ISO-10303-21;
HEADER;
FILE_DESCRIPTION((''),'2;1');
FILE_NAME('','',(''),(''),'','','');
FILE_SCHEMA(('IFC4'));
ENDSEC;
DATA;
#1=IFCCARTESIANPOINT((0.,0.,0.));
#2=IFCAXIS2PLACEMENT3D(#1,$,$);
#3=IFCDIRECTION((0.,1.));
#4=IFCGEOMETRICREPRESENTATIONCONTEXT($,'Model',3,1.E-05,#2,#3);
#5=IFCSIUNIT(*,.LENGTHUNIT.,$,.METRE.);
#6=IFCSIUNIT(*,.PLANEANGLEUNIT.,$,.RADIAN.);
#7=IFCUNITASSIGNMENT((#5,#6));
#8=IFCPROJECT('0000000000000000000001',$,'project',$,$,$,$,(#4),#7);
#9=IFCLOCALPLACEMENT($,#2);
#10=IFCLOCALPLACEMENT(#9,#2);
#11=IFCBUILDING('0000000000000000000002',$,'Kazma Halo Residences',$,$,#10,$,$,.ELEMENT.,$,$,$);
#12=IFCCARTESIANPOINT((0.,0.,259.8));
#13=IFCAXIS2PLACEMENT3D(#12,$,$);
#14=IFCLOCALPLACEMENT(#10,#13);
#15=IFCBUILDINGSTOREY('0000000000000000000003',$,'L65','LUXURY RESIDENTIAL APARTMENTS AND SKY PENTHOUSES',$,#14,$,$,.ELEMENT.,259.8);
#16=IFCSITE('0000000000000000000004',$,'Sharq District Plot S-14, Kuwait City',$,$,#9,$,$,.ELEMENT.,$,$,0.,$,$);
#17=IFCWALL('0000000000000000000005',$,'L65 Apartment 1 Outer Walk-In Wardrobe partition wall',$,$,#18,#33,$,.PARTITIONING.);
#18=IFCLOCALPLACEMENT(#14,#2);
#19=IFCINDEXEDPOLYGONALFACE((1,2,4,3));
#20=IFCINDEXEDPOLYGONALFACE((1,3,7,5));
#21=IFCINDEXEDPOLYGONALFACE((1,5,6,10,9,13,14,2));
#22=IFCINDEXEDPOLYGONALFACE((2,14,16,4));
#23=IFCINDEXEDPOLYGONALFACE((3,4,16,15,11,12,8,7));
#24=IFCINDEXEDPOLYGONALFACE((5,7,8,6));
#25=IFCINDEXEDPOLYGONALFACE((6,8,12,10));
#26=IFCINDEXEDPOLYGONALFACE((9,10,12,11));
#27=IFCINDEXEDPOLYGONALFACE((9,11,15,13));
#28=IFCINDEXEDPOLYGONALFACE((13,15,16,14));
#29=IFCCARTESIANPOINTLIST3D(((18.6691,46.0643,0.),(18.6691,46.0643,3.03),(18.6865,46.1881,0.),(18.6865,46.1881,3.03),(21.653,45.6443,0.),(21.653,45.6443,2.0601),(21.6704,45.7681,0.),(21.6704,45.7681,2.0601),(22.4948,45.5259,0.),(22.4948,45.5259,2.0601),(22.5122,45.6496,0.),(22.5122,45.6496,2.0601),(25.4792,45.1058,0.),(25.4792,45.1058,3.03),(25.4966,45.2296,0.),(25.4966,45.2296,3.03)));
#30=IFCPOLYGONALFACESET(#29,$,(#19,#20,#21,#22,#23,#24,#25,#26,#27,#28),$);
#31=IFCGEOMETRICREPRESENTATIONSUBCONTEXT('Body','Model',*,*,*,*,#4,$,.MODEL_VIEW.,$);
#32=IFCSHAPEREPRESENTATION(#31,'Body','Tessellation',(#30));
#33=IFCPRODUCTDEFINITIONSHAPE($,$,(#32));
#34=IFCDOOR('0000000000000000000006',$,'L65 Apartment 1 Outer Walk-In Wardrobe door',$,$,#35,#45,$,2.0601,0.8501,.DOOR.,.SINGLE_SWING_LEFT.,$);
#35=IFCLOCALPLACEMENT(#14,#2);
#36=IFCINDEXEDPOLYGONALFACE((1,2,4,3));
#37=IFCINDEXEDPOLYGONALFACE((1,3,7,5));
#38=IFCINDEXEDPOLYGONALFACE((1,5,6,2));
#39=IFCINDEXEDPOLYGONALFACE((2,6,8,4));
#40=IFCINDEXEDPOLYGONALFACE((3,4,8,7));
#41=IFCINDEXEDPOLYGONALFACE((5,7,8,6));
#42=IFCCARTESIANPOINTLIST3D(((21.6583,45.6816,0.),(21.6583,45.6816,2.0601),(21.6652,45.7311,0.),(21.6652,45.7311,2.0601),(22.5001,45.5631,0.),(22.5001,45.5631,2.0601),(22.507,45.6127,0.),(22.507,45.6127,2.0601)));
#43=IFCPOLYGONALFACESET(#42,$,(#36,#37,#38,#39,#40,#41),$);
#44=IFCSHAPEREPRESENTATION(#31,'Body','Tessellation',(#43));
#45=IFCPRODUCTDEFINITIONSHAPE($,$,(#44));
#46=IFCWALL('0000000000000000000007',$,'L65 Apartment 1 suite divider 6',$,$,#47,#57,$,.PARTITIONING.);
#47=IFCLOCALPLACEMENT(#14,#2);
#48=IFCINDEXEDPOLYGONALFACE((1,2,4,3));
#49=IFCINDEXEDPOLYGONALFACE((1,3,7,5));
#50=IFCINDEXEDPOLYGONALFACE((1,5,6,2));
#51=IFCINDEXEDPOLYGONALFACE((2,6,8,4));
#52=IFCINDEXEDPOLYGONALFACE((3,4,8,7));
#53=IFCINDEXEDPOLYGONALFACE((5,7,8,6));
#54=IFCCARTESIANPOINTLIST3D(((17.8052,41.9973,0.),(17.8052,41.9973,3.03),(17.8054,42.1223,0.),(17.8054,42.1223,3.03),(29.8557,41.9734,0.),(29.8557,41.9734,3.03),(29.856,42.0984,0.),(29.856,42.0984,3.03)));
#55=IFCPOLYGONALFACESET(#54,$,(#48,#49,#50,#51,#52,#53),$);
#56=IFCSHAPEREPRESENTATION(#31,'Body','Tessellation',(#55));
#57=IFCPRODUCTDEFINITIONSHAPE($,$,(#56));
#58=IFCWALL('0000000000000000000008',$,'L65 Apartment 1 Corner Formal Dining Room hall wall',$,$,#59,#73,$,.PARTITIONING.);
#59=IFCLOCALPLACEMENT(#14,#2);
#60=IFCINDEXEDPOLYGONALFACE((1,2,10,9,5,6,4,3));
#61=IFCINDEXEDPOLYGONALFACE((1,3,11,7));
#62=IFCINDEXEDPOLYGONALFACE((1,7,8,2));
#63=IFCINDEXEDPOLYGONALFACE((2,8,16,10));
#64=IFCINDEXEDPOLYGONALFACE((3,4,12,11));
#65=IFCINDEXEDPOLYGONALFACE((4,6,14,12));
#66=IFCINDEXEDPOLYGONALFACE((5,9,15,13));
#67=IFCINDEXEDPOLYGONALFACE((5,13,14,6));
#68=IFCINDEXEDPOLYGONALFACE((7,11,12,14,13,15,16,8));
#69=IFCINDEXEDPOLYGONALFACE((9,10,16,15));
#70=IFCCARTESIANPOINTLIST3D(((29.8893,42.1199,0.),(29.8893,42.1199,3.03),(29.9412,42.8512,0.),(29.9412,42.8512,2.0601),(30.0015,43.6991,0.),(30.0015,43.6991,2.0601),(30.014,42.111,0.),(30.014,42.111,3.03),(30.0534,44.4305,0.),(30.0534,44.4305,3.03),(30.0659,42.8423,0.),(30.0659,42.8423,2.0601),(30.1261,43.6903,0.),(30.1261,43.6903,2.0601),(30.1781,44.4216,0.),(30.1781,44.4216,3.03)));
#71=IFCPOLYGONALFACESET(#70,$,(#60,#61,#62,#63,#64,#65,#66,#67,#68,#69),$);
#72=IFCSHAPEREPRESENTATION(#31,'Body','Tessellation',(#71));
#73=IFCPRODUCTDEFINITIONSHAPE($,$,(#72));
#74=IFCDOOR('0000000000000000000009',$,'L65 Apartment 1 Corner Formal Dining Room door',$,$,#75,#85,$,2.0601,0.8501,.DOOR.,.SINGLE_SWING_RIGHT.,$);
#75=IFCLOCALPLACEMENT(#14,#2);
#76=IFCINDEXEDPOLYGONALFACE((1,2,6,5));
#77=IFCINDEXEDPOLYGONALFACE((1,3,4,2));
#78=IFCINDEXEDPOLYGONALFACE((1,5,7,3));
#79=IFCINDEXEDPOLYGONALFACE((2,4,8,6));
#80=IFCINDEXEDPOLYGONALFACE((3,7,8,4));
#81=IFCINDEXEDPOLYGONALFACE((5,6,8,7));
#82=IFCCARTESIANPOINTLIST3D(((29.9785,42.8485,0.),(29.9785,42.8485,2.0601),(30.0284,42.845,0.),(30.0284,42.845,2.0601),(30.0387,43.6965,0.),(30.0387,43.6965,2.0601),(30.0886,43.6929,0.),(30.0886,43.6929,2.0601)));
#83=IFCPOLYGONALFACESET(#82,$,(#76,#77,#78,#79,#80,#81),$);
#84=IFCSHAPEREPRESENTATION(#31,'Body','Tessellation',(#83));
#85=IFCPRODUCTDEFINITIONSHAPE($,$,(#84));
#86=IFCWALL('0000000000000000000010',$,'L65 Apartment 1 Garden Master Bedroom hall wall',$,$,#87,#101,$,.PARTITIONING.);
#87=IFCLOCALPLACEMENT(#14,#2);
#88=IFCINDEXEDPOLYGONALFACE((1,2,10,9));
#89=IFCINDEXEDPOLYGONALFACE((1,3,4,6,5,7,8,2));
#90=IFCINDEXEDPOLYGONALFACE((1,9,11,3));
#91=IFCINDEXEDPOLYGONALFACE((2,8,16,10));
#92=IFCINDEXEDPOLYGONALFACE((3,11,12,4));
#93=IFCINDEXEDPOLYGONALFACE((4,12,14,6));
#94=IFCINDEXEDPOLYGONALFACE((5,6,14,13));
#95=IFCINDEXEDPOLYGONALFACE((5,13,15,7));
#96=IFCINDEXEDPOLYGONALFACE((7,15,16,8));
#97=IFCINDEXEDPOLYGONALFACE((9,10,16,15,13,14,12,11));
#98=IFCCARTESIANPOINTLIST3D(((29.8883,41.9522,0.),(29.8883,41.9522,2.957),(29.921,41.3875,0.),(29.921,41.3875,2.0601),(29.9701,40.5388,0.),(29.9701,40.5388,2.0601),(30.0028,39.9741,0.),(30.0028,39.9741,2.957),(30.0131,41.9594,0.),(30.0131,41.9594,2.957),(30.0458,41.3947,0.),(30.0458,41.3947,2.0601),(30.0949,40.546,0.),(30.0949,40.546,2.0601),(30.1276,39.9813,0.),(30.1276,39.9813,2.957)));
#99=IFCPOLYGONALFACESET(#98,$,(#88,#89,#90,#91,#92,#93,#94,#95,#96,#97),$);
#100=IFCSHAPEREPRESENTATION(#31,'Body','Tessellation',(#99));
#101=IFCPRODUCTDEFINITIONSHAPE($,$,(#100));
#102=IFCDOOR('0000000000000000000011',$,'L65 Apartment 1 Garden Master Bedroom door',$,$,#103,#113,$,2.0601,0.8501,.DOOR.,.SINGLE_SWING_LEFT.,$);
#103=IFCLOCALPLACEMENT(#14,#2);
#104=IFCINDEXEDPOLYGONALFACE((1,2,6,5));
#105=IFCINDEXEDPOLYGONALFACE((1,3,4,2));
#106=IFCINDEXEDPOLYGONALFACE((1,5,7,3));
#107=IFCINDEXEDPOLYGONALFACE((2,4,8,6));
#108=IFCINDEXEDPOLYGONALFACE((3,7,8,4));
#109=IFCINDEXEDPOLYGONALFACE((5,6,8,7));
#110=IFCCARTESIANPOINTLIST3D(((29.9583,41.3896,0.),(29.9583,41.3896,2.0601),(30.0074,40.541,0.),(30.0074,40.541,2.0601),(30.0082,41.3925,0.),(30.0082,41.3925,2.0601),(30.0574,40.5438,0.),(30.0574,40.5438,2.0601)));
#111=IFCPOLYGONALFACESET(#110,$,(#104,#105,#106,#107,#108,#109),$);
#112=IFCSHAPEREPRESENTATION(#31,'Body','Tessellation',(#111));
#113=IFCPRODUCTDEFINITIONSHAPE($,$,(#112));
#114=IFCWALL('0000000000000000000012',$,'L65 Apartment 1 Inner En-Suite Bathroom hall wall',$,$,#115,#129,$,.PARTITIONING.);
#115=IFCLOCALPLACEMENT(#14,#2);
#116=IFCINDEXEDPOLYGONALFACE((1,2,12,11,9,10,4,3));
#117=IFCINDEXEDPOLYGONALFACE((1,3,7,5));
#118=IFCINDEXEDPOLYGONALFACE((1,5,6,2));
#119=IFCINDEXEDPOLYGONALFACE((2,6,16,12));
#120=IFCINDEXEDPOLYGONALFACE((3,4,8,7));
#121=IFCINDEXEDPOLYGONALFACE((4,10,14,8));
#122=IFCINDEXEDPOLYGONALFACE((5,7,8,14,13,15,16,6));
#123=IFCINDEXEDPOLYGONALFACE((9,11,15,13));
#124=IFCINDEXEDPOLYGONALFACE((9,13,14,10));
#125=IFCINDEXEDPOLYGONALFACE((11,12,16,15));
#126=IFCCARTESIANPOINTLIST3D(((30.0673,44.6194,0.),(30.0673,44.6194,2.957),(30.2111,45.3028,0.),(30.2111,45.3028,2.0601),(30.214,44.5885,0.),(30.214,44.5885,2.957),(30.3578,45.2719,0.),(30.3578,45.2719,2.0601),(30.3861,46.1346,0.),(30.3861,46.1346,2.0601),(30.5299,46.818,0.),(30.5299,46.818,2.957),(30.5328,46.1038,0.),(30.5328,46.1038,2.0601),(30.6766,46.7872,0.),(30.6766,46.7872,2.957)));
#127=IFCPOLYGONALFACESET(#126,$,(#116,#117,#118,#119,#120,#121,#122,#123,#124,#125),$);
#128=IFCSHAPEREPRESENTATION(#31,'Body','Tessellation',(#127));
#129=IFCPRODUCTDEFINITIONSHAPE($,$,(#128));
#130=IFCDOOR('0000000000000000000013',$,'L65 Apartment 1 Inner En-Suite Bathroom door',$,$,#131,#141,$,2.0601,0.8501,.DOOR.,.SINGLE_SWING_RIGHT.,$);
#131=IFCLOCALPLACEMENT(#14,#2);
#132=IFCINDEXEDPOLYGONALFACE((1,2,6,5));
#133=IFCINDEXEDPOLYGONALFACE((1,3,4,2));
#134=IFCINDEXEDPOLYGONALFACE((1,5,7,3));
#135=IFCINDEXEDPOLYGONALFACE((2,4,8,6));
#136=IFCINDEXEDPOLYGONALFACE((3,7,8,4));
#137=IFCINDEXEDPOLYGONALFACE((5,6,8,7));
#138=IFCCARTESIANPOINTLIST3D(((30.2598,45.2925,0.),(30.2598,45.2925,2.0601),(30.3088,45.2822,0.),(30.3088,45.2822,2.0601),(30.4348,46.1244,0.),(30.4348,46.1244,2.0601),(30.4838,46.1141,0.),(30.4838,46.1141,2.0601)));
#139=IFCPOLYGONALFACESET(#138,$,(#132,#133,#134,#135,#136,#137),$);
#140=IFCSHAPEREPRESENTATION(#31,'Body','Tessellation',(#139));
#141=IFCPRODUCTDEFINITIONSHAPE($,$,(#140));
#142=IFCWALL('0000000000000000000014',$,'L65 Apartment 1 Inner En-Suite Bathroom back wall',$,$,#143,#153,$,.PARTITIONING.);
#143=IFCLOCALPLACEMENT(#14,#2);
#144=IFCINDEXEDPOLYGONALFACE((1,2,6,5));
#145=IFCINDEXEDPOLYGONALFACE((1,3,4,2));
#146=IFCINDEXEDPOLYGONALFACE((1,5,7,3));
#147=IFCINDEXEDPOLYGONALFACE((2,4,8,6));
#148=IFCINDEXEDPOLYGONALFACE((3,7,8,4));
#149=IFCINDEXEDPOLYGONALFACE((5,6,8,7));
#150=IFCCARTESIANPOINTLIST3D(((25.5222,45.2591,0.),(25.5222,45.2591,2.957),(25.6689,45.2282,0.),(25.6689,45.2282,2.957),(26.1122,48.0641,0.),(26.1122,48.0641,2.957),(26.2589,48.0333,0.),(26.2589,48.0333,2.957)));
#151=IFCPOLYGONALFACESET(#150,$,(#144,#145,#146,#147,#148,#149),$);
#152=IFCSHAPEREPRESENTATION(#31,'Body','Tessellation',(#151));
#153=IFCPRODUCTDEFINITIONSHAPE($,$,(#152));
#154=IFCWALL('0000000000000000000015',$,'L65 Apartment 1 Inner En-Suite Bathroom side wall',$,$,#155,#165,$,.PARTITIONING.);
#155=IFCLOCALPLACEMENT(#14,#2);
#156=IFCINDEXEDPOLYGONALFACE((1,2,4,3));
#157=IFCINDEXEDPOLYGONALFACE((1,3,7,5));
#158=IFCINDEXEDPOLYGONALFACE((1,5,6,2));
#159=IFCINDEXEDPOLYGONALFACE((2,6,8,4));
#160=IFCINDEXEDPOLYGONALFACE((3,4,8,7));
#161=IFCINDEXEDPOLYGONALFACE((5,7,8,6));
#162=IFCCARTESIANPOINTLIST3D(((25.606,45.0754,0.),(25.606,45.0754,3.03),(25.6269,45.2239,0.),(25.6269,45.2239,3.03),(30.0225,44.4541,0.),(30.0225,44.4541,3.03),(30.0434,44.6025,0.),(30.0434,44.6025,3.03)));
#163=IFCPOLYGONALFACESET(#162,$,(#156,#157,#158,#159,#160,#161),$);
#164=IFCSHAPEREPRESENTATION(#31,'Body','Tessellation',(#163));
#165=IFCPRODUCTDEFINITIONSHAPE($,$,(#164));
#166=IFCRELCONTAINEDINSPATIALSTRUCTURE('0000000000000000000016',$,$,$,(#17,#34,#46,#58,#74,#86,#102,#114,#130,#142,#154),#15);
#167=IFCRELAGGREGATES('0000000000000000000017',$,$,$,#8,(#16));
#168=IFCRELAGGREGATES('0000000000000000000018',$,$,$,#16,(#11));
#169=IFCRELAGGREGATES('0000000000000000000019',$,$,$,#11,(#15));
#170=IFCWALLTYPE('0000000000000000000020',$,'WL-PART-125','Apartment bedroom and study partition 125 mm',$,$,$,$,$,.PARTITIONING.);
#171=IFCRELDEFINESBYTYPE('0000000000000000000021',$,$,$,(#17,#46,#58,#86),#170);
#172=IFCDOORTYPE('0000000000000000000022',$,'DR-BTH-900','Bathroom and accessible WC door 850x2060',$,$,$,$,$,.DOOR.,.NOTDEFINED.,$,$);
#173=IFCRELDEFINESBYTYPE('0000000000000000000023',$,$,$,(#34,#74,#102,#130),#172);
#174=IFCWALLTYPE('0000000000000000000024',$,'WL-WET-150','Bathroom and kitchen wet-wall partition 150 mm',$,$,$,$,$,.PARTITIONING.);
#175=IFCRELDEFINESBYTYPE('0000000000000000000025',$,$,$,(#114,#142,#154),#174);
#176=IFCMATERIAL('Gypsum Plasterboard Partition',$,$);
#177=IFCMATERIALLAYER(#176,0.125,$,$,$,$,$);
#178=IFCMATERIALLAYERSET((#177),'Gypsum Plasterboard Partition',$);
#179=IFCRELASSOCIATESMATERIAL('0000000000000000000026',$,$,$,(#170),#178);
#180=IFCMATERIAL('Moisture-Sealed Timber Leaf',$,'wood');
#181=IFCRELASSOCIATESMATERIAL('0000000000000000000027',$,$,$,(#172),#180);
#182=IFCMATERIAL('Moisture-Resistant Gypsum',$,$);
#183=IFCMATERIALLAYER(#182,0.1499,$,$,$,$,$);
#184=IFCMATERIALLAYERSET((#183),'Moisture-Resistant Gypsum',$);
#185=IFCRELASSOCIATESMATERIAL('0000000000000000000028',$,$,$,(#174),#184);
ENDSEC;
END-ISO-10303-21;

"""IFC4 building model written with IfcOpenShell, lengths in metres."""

from ifc_helpers import new_model, si_unit, direction, frame, frame_2d, origin, place, context, subcontext, project, spatial, rectangle, extrude, material, layer, layer_set, type_object, element, fill, save


model = new_model("IFC4")

# Units and contexts
model_context = context("Model", 3, precision=1e-05, world=origin(), true_north=direction((0.0, 1.0)))
body_context = subcontext(model_context, "Body", "Model", "MODEL_VIEW")
ifc_project = project(units=[si_unit("LENGTHUNIT", "METRE"), si_unit("PLANEANGLEUNIT", "RADIAN")], contexts=[model_context])

# Site, building, storey
site_placement = place(None, origin())
site = spatial("IfcSite", under=ifc_project, at=site_placement, Name="Sharq District Plot S-14, Kuwait City", CompositionType="ELEMENT", RefElevation=0.0)
building_placement = place(site_placement, origin())
building = spatial("IfcBuilding", under=site, at=building_placement, Name="Kazma Halo Residences", CompositionType="ELEMENT")
storey_placement = place(building_placement, frame((0.0, 0.0, 259.8)))
storey = spatial("IfcBuildingStorey", under=building, at=storey_placement, Name="L65", Description="LUXURY RESIDENTIAL APARTMENTS AND SKY PENTHOUSES", CompositionType="ELEMENT", Elevation=259.8)

# Shared definitions
ifc_material_1 = material(Name="Gypsum Plasterboard Partition")
ifc_layer_1 = layer(ifc_material_1, 0.125)
ifc_layer_set_1 = layer_set([ifc_layer_1], Name="Gypsum Plasterboard Partition")
wall_type_1 = type_object("IfcWallType", Name="WL-PART-125", Description="Apartment bedroom and study partition 125 mm", PredefinedType="PARTITIONING", material=ifc_layer_set_1)

# Wall, opening, door
wall_1_placement = place(storey_placement, frame((25.4878, 45.1677, 0.0), z_axis=(0.0, 0.0, 1.0), x_axis=(-0.99024, 0.139373, 0.0)))
wall_1 = element("IfcWall", 1, at=wall_1_placement, inside=storey, type_object=wall_type_1, Name="L65 Apartment 1 Outer Walk-In Wardrobe partition wall", PredefinedType="PARTITIONING", context=body_context, shape_type="SweptSolid", body=[
    extrude(rectangle(XDim=6.8772, YDim=0.125, at=frame_2d((3.4385, 0.0))), origin(), (0.0, 0.0, 1.0), 3.03),
])
opening_1_placement = place(wall_1_placement, frame((3.0137, 0.0, 0.0)))
opening_1 = element("IfcOpeningElement", 2, at=opening_1_placement, cuts=wall_1, PredefinedType="OPENING", context=body_context, shape_type="SweptSolid", body=[
    extrude(rectangle(XDim=0.8501, YDim=2.0601, at=frame_2d((0.425, 1.03))), frame((0.0, 0.0725, 0.0), z_axis=(0.0, -1.0, 0.0), x_axis=(1.0, 0.0, 0.0)), (0.0, 0.0, 1.0), 0.145),
])
ifc_material_2 = material(Name="Moisture-Sealed Timber Leaf", Category="wood")
door_type = type_object("IfcDoorType", Name="DR-BTH-900", Description="Bathroom and accessible WC door 850x2060", OperationType="NOTDEFINED", PredefinedType="DOOR", material=ifc_material_2)
door_1_placement = place(opening_1_placement, origin())
door_1 = element("IfcDoor", 3, at=door_1_placement, inside=storey, type_object=door_type, Name="L65 Apartment 1 Outer Walk-In Wardrobe door", OperationType="SINGLE_SWING_LEFT", OverallHeight=2.0601, OverallWidth=0.8501, PredefinedType="DOOR", context=body_context, shape_type="SweptSolid", body=[
    extrude(rectangle(XDim=0.8501, YDim=2.0601, at=frame_2d((0.425, 1.03))), frame((0.0, 0.0249, 0.0), z_axis=(0.0, -1.0, 0.0), x_axis=(1.0, 0.0, 0.0)), (0.0, 0.0, 1.0), 0.05),
])
fill(opening_1, door_1)

# Wall
wall_2_placement = place(storey_placement, frame((29.856, 42.0359, 0.0), z_axis=(0.0, 0.0, 1.0), x_axis=(-0.999998, 0.001985, 0.0)))
element("IfcWall", 4, at=wall_2_placement, inside=storey, type_object=wall_type_1, Name="L65 Apartment 1 suite divider 6", PredefinedType="PARTITIONING", context=body_context, shape_type="SweptSolid", body=[
    extrude(rectangle(XDim=12.0505, YDim=0.125, at=frame_2d((6.0254, 0.0))), origin(), (0.0, 0.0, 1.0), 3.03),
])

# Walls, openings, doors
wall_3_placement = place(storey_placement, frame((30.1157, 44.426, 0.0), z_axis=(0.0, 0.0, 1.0), x_axis=(-0.070828, -0.997489, 0.0)))
wall_3 = element("IfcWall", 5, at=wall_3_placement, inside=storey, type_object=wall_type_1, Name="L65 Apartment 1 Corner Formal Dining Room hall wall", PredefinedType="PARTITIONING", context=body_context, shape_type="SweptSolid", body=[
    extrude(rectangle(XDim=2.3164, YDim=0.125, at=frame_2d((1.1582, 0.0))), origin(), (0.0, 0.0, 1.0), 3.03),
])
opening_2_placement = place(wall_3_placement, frame((0.7332, 0.0, 0.0)))
opening_2 = element("IfcOpeningElement", 6, at=opening_2_placement, cuts=wall_3, PredefinedType="OPENING", context=body_context, shape_type="SweptSolid", body=[
    extrude(rectangle(XDim=0.8501, YDim=2.0601, at=frame_2d((0.425, 1.03))), frame((0.0, 0.0725, 0.0), z_axis=(0.0, -1.0, 0.0), x_axis=(1.0, 0.0, 0.0)), (0.0, 0.0, 1.0), 0.145),
])
door_2_placement = place(opening_2_placement, origin())
door_2 = element("IfcDoor", 7, at=door_2_placement, inside=storey, type_object=door_type, Name="L65 Apartment 1 Corner Formal Dining Room door", OperationType="SINGLE_SWING_RIGHT", OverallHeight=2.0601, OverallWidth=0.8501, PredefinedType="DOOR", context=body_context, shape_type="SweptSolid", body=[
    extrude(rectangle(XDim=0.8501, YDim=2.0601, at=frame_2d((0.425, 1.03))), frame((0.0, 0.0249, 0.0), z_axis=(0.0, -1.0, 0.0), x_axis=(1.0, 0.0, 0.0)), (0.0, 0.0, 1.0), 0.05),
])
fill(opening_2, door_2)
wall_4_placement = place(storey_placement, frame((29.9507, 41.9558, 0.0), z_axis=(0.0, 0.0, 1.0), x_axis=(0.05779, -0.998329, 0.0)))
wall_4 = element("IfcWall", 8, at=wall_4_placement, inside=storey, type_object=wall_type_1, Name="L65 Apartment 1 Garden Master Bedroom hall wall", PredefinedType="PARTITIONING", context=body_context, shape_type="SweptSolid", body=[
    extrude(rectangle(XDim=1.9814, YDim=0.125, at=frame_2d((0.9907, 0.0))), origin(), (0.0, 0.0, 1.0), 2.957),
])
opening_3_placement = place(wall_4_placement, frame((0.5657, 0.0, 0.0)))
opening_3 = element("IfcOpeningElement", 9, at=opening_3_placement, cuts=wall_4, PredefinedType="OPENING", context=body_context, shape_type="SweptSolid", body=[
    extrude(rectangle(XDim=0.8501, YDim=2.0601, at=frame_2d((0.425, 1.03))), frame((0.0, 0.0725, 0.0), z_axis=(0.0, -1.0, 0.0), x_axis=(1.0, 0.0, 0.0)), (0.0, 0.0, 1.0), 0.145),
])
door_3_placement = place(opening_3_placement, origin())
door_3 = element("IfcDoor", 10, at=door_3_placement, inside=storey, type_object=door_type, Name="L65 Apartment 1 Garden Master Bedroom door", OperationType="SINGLE_SWING_LEFT", OverallHeight=2.0601, OverallWidth=0.8501, PredefinedType="DOOR", context=body_context, shape_type="SweptSolid", body=[
    extrude(rectangle(XDim=0.8501, YDim=2.0601, at=frame_2d((0.425, 1.03))), frame((0.0, 0.0249, 0.0), z_axis=(0.0, -1.0, 0.0), x_axis=(1.0, 0.0, 0.0)), (0.0, 0.0, 1.0), 0.05),
])
fill(opening_3, door_3)
ifc_material_3 = material(Name="Moisture-Resistant Gypsum")
ifc_layer_2 = layer(ifc_material_3, 0.1499)
ifc_layer_set_2 = layer_set([ifc_layer_2], Name="Moisture-Resistant Gypsum")
wall_type_2 = type_object("IfcWallType", Name="WL-WET-150", Description="Bathroom and kitchen wet-wall partition 150 mm", PredefinedType="PARTITIONING", material=ifc_layer_set_2)
wall_5_placement = place(storey_placement, frame((30.6033, 46.8027, 0.0), z_axis=(0.0, 0.0, 1.0), x_axis=(-0.205906, -0.978572, 0.0)))
wall_5 = element("IfcWall", 11, at=wall_5_placement, inside=storey, type_object=wall_type_2, Name="L65 Apartment 1 Inner En-Suite Bathroom hall wall", PredefinedType="PARTITIONING", context=body_context, shape_type="SweptSolid", body=[
    extrude(rectangle(XDim=2.2468, YDim=0.1499, at=frame_2d((1.1235, 0.0))), origin(), (0.0, 0.0, 1.0), 2.957),
])
opening_4_placement = place(wall_5_placement, frame((0.6985, 0.0, 0.0)))
opening_4 = element("IfcOpeningElement", 12, at=opening_4_placement, cuts=wall_5, PredefinedType="OPENING", context=body_context, shape_type="SweptSolid", body=[
    extrude(rectangle(XDim=0.8501, YDim=2.0601, at=frame_2d((0.425, 1.03))), frame((0.0, 0.085, 0.0), z_axis=(0.0, -1.0, 0.0), x_axis=(1.0, 0.0, 0.0)), (0.0, 0.0, 1.0), 0.1699),
])
door_4_placement = place(opening_4_placement, origin())
door_4 = element("IfcDoor", 13, at=door_4_placement, inside=storey, type_object=door_type, Name="L65 Apartment 1 Inner En-Suite Bathroom door", OperationType="SINGLE_SWING_RIGHT", OverallHeight=2.0601, OverallWidth=0.8501, PredefinedType="DOOR", context=body_context, shape_type="SweptSolid", body=[
    extrude(rectangle(XDim=0.8501, YDim=2.0601, at=frame_2d((0.425, 1.03))), frame((0.0, 0.0249, 0.0), z_axis=(0.0, -1.0, 0.0), x_axis=(1.0, 0.0, 0.0)), (0.0, 0.0, 1.0), 0.05),
])
fill(opening_4, door_4)

# Walls
wall_6_placement = place(storey_placement, frame((26.1855, 48.0486, 0.0), z_axis=(0.0, 0.0, 1.0), x_axis=(-0.205852, -0.978583, 0.0)))
element("IfcWall", 14, at=wall_6_placement, inside=storey, type_object=wall_type_2, Name="L65 Apartment 1 Inner En-Suite Bathroom back wall", PredefinedType="PARTITIONING", context=body_context, shape_type="SweptSolid", body=[
    extrude(rectangle(XDim=2.8665, YDim=0.1499, at=frame_2d((1.4331, 0.0))), origin(), (0.0, 0.0, 1.0), 2.957),
])
wall_7_placement = place(storey_placement, frame((30.033, 44.5283, 0.0), z_axis=(0.0, 0.0, 1.0), x_axis=(-0.990248, 0.139314, 0.0)))
element("IfcWall", 15, at=wall_7_placement, inside=storey, type_object=wall_type_2, Name="L65 Apartment 1 Inner En-Suite Bathroom side wall", PredefinedType="PARTITIONING", context=body_context, shape_type="SweptSolid", body=[
    extrude(rectangle(XDim=4.46, YDim=0.1499, at=frame_2d((2.23, 0.0))), origin(), (0.0, 0.0, 1.0), 3.03),
])

save(model, "model.ifc")
